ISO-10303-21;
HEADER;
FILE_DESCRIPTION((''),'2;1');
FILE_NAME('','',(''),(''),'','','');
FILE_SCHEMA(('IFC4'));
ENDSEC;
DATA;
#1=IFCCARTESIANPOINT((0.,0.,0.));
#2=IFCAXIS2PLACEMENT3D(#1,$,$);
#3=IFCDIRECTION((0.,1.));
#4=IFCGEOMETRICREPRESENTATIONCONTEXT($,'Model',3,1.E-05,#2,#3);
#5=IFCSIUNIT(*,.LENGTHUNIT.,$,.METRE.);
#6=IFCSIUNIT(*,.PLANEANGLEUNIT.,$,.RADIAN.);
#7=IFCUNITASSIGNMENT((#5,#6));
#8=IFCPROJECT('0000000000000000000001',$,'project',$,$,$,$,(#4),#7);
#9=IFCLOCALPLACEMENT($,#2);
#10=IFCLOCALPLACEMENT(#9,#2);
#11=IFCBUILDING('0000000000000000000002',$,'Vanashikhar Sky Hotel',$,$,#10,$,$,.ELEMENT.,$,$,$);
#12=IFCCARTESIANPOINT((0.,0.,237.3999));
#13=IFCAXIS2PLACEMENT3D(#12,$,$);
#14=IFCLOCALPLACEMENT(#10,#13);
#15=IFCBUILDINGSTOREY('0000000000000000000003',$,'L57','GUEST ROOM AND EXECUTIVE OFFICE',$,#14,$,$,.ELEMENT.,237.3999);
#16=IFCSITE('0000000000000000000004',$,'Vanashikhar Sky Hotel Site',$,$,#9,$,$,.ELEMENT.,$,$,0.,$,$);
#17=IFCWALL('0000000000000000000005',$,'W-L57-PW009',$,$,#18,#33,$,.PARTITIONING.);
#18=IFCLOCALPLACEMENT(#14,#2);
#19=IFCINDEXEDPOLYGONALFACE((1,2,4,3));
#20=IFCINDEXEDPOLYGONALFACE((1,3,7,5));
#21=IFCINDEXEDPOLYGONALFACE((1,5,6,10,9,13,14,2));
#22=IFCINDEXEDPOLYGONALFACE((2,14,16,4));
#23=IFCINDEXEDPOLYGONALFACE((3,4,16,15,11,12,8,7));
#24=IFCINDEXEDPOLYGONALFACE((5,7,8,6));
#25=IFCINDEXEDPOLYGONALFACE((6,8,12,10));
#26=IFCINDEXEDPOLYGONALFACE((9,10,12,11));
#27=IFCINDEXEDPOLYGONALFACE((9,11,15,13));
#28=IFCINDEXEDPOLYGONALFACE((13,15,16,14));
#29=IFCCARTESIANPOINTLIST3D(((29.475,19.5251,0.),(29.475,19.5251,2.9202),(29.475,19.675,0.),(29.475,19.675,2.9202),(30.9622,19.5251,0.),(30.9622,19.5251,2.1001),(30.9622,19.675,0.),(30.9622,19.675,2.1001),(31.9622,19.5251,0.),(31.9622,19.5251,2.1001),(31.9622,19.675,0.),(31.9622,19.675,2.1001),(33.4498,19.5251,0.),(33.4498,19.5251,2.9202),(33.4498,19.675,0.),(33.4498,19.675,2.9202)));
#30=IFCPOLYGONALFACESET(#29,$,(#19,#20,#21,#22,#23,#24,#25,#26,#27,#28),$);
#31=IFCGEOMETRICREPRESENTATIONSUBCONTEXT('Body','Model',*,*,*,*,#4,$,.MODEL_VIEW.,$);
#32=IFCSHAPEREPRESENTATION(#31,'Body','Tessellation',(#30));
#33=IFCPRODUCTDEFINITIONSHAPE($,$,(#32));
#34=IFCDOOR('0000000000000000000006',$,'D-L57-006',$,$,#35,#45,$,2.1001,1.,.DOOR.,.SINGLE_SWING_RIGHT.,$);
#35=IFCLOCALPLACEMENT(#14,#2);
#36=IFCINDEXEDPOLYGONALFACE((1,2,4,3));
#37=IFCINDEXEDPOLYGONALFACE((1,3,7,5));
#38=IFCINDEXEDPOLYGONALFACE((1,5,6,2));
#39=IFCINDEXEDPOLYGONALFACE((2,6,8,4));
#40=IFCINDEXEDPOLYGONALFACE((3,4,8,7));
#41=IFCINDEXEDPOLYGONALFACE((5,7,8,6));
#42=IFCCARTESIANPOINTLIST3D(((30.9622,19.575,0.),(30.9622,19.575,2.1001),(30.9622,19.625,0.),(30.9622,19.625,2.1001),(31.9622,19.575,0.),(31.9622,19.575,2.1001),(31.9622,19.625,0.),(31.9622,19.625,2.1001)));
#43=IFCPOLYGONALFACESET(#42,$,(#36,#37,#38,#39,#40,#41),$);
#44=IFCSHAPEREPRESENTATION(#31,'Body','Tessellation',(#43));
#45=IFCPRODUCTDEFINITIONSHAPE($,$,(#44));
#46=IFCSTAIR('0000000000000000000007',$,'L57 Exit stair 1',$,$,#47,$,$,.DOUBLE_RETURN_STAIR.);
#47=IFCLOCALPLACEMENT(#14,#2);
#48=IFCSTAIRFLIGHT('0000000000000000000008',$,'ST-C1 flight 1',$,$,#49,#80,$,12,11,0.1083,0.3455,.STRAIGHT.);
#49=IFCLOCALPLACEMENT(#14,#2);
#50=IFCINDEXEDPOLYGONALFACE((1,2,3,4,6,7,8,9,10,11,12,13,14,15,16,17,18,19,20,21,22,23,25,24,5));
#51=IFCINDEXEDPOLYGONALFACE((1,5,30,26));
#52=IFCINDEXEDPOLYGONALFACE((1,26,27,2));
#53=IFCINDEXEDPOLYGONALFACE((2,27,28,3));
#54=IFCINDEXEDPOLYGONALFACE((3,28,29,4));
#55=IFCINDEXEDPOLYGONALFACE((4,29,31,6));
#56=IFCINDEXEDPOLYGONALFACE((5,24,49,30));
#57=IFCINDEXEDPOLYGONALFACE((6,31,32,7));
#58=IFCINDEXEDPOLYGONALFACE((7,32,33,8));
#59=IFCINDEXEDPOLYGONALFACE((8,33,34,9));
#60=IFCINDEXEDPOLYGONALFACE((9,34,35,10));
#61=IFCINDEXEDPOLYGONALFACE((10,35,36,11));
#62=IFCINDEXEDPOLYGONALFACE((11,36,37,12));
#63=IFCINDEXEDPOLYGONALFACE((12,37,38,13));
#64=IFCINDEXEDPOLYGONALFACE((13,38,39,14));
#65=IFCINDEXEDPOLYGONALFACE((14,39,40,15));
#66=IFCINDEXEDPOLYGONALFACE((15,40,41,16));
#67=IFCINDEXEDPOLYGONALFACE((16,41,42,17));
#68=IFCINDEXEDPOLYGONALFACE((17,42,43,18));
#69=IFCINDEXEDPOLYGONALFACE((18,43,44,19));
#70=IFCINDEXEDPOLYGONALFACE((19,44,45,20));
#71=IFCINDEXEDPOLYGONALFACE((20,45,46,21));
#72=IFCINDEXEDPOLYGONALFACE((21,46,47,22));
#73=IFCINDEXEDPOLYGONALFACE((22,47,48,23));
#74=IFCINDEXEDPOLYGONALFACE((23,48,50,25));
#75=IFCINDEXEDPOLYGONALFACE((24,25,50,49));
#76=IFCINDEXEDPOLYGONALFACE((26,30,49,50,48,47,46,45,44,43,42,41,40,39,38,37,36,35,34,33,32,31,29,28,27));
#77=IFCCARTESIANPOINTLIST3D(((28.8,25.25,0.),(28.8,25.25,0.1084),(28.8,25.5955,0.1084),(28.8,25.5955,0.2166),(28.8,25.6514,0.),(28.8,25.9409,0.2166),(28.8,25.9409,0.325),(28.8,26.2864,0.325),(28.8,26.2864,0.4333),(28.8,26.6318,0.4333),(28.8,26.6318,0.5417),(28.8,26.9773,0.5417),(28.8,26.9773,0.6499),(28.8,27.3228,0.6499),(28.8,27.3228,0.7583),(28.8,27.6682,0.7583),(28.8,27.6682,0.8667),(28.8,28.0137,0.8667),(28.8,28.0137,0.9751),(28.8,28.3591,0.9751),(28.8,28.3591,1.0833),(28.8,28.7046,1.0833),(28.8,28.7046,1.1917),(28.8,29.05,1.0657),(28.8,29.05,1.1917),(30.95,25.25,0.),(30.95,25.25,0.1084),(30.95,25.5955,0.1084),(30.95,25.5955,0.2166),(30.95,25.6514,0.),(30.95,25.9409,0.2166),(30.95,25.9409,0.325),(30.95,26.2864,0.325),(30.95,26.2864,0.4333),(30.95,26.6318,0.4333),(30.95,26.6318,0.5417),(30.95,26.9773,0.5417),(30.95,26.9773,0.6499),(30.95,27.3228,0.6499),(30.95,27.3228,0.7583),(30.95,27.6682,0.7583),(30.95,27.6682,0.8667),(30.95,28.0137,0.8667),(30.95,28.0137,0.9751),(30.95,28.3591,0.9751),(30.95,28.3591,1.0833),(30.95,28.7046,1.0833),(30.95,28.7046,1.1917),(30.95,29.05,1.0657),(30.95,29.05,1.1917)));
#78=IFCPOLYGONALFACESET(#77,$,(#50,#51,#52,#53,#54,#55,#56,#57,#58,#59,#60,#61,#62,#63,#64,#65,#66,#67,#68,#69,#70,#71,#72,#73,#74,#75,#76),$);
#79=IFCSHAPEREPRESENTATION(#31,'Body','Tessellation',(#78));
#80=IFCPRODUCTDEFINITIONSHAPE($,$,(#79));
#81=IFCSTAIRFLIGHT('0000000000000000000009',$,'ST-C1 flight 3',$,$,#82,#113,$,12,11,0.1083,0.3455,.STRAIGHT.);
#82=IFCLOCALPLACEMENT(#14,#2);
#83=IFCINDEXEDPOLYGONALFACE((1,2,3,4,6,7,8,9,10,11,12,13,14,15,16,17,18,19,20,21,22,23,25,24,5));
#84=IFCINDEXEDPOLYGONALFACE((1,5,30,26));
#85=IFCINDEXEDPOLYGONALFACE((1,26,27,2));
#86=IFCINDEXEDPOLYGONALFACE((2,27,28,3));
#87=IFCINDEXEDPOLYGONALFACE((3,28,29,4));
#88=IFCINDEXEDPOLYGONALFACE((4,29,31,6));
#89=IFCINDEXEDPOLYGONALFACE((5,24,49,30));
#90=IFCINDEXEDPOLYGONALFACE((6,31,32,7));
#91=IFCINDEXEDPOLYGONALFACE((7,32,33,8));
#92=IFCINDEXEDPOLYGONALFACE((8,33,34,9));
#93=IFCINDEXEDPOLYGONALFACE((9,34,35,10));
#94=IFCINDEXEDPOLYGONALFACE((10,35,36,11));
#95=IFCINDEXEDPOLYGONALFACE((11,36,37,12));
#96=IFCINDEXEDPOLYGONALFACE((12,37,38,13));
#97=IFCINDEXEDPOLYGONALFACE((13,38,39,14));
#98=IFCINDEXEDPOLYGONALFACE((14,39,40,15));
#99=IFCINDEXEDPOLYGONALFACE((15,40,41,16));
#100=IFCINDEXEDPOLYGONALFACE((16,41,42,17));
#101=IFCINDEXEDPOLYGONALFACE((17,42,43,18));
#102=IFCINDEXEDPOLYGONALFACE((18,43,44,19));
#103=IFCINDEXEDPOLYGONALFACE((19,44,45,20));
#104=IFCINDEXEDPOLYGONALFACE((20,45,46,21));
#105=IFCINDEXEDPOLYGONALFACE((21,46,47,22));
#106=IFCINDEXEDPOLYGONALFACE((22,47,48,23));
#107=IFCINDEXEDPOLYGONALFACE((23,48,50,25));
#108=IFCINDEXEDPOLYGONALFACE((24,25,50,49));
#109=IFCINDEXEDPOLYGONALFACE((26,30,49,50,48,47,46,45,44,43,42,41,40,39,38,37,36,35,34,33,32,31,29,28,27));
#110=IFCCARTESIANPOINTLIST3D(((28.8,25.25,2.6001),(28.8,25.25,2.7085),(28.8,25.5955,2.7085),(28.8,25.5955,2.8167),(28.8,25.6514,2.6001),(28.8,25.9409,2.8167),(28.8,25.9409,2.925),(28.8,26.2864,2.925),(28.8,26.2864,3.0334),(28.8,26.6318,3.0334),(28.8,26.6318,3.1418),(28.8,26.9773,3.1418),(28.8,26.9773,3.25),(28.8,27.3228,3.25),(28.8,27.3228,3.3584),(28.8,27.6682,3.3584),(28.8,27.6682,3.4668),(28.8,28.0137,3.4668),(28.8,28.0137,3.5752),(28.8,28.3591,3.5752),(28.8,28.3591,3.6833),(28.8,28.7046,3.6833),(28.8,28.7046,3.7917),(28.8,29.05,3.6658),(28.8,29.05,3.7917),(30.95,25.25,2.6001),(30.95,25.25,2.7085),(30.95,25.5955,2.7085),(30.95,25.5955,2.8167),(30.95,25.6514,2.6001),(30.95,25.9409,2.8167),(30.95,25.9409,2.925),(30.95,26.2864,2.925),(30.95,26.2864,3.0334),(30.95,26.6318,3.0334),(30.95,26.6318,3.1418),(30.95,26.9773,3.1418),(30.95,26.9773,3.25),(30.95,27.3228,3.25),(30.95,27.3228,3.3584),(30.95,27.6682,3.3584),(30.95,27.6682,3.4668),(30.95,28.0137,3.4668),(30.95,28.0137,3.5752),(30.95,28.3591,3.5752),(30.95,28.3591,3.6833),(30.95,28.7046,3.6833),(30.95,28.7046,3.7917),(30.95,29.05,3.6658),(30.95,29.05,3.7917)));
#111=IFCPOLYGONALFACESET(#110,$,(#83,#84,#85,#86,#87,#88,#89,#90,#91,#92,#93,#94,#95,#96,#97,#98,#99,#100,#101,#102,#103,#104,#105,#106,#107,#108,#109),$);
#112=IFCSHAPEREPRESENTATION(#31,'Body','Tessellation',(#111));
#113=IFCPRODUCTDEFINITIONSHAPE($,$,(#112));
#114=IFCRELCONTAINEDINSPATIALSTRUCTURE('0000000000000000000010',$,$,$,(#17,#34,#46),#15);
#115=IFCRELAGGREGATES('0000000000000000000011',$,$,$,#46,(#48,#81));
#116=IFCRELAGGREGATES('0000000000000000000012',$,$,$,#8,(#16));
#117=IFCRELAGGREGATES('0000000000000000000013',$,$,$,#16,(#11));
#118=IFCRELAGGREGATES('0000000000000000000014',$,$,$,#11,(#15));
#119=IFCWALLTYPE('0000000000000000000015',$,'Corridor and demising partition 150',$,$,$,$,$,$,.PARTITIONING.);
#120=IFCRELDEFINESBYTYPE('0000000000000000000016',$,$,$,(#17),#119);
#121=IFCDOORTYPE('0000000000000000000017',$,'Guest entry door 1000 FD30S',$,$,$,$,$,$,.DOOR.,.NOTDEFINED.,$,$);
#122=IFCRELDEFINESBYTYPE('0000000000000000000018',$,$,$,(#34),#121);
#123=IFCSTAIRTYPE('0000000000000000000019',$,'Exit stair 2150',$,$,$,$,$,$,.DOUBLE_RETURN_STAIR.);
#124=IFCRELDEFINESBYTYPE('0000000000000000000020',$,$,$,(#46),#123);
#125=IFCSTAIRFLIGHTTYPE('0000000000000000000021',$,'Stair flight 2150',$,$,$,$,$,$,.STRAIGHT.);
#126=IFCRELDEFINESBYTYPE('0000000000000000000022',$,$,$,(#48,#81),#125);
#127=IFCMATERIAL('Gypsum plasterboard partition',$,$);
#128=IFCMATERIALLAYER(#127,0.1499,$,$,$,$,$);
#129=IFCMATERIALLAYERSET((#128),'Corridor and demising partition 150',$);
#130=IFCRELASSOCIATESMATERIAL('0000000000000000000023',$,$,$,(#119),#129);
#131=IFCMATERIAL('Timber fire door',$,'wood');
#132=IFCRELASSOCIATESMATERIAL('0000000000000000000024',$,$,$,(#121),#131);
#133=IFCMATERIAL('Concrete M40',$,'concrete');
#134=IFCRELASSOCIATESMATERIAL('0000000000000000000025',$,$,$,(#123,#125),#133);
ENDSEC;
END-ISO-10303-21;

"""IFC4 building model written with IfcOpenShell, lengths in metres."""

from ifc_helpers import new_model, si_unit, direction, frame, frame_2d, origin, place, context, subcontext, project, spatial, polyline, rectangle, outline, extrude, source, transform, mapped, material, layer, layer_set, type_object, element, fill, aggregate, save


model = new_model("IFC4")

# Units and contexts
model_context = context("Model", 3, precision=1e-05, world=origin(), true_north=direction((0.0, 1.0)))
body_context = subcontext(model_context, "Body", "Model", "MODEL_VIEW")
ifc_project = project(units=[si_unit("LENGTHUNIT", "METRE"), si_unit("PLANEANGLEUNIT", "RADIAN")], contexts=[model_context])

# Site, building, storey
site_placement = place(None, origin())
site = spatial("IfcSite", under=ifc_project, at=site_placement, Name="Vanashikhar Sky Hotel Site", CompositionType="ELEMENT", RefElevation=0.0)
building_placement = place(site_placement, origin())
building = spatial("IfcBuilding", under=site, at=building_placement, Name="Vanashikhar Sky Hotel", CompositionType="ELEMENT")
storey_placement = place(building_placement, frame((0.0, 0.0, 237.3999)))
storey = spatial("IfcBuildingStorey", under=building, at=storey_placement, Name="L57", Description="GUEST ROOM AND EXECUTIVE OFFICE", CompositionType="ELEMENT", Elevation=237.3999)

# Shared definitions
ifc_material_1 = material(Name="Concrete M40", Category="concrete")

# Wall, opening, door
ifc_material_2 = material(Name="Gypsum plasterboard partition")
ifc_layer_1 = layer(ifc_material_2, 0.1499)
ifc_layer_set_1 = layer_set([ifc_layer_1], Name="Corridor and demising partition 150")
wall_type_1 = type_object("IfcWallType", Name="Corridor and demising partition 150", PredefinedType="PARTITIONING", material=ifc_layer_set_1)
shared_shape_1 = source(origin(), body_context, "Body", "SweptSolid", [
    extrude(rectangle(XDim=1.0, YDim=2.1001, at=frame_2d((0.5, 1.05))), frame((0.0, 0.085, 0.0), z_axis=(0.0, -1.0, 0.0), x_axis=(1.0, 0.0, 0.0)), (0.0, 0.0, 1.0), 0.1699),
])
ifc_material_3 = material(Name="Timber fire door", Category="wood")
door_type_1 = type_object("IfcDoorType", Name="Guest entry door 1000 FD30S", OperationType="NOTDEFINED", PredefinedType="DOOR", material=ifc_material_3)
shared_shape_2 = source(origin(), body_context, "Body", "SweptSolid", [
    extrude(rectangle(XDim=1.0, YDim=2.1001, at=frame_2d((0.5, 1.05))), frame((0.0, 0.0249, 0.0), z_axis=(0.0, -1.0, 0.0), x_axis=(1.0, 0.0, 0.0)), (0.0, 0.0, 1.0), 0.05),
])
shared_shape_3 = source(origin(), body_context, "Body", "SweptSolid", [
    extrude(rectangle(XDim=3.9749, YDim=0.1499, at=frame_2d((1.9873, 0.0))), origin(), (0.0, 0.0, 1.0), 2.9202),
])
wall_1_placement = place(storey_placement, frame((29.4751, 19.6001, 0.0), z_axis=(0.0, 0.0, 1.0), x_axis=(1.0, 0.0, 0.0)))
wall_1 = element("IfcWall", 1, at=wall_1_placement, inside=storey, type_object=wall_type_1, Name="W-L57-PW009", PredefinedType="PARTITIONING", context=body_context, shape_type="MappedRepresentation", body=[
    mapped(shared_shape_3, transform((0.0, 0.0, 0.0), scale=1.0)),
])
opening_1_placement = place(wall_1_placement, frame((1.4871, 0.0, 0.0)))
opening_1 = element("IfcOpeningElement", 2, at=opening_1_placement, cuts=wall_1, PredefinedType="OPENING", context=body_context, shape_type="MappedRepresentation", body=[
    mapped(shared_shape_1, transform((0.0, 0.0, 0.0), scale=1.0)),
])
door_1_placement = place(opening_1_placement, origin())
door_1 = element("IfcDoor", 3, at=door_1_placement, inside=storey, type_object=door_type_1, Name="D-L57-006", OperationType="SINGLE_SWING_RIGHT", OverallHeight=2.1001, OverallWidth=1.0, PredefinedType="DOOR", context=body_context, shape_type="MappedRepresentation", body=[
    mapped(shared_shape_2, transform((0.0, 0.0, 0.0), scale=1.0)),
])
fill(opening_1, door_1)

# Stair, stair flights
stair_type = type_object("IfcStairType", Name="Exit stair 2150", PredefinedType="DOUBLE_RETURN_STAIR", material=ifc_material_1)
stair_placement = place(storey_placement, origin())
stair = element("IfcStair", 4, at=stair_placement, inside=storey, type_object=stair_type, Name="L57 Exit stair 1", PredefinedType="DOUBLE_RETURN_STAIR")
stair_flight_type = type_object("IfcStairFlightType", Name="Stair flight 2150", PredefinedType="STRAIGHT", material=ifc_material_1)
shared_shape_4 = source(origin(), body_context, "Body", "SweptSolid", [
    extrude(outline(polyline([(0.0, 0.0), (0.0, 0.1084), (0.3455, 0.1084), (0.3455, 0.2166), (0.6909, 0.2166), (0.6909, 0.325), (1.0364, 0.325), (1.0364, 0.4333), (1.3818, 0.4333), (1.3818, 0.5417), (1.7273, 0.5417), (1.7273, 0.6499), (2.0728, 0.6499), (2.0728, 0.7583), (2.4182, 0.7583), (2.4182, 0.8667), (2.7637, 0.8667), (2.7637, 0.9751), (3.1091, 0.9751), (3.1091, 1.0833), (3.4546, 1.0833), (3.4546, 1.1917), (3.8, 1.1917), (3.8, 1.3), (3.8, 1.0657), (0.4014, 0.0), (0.0, 0.0)])), frame((0.0, 1.075, 0.0), z_axis=(0.0, -1.0, 0.0), x_axis=(1.0, 0.0, 0.0)), (0.0, 0.0, 1.0), 2.1499),
])
stair_flight_1_placement = place(storey_placement, frame((29.875, 25.25, 0.0), z_axis=(0.0, 0.0, 1.0), x_axis=(0.0, 1.0, 0.0)))
stair_flight_1 = element("IfcStairFlight", 5, at=stair_flight_1_placement, type_object=stair_flight_type, Name="ST-C1 flight 1", NumberOfRisers=12, NumberOfTreads=11, PredefinedType="STRAIGHT", RiserHeight=0.1083, TreadLength=0.3455, context=body_context, shape_type="MappedRepresentation", body=[
    mapped(shared_shape_4, transform((0.0, 0.0, 0.0), scale=1.0)),
])
stair_flight_2_placement = place(storey_placement, frame((29.875, 25.25, 2.6001), z_axis=(0.0, 0.0, 1.0), x_axis=(0.0, 1.0, 0.0)))
stair_flight_2 = element("IfcStairFlight", 6, at=stair_flight_2_placement, type_object=stair_flight_type, Name="ST-C1 flight 3", NumberOfRisers=12, NumberOfTreads=11, PredefinedType="STRAIGHT", RiserHeight=0.1083, TreadLength=0.3455, context=body_context, shape_type="MappedRepresentation", body=[
    mapped(shared_shape_4, transform((0.0, 0.0, 0.0), scale=1.0)),
])
aggregate(stair, [stair_flight_1, stair_flight_2])

save(model, "model.ifc")
